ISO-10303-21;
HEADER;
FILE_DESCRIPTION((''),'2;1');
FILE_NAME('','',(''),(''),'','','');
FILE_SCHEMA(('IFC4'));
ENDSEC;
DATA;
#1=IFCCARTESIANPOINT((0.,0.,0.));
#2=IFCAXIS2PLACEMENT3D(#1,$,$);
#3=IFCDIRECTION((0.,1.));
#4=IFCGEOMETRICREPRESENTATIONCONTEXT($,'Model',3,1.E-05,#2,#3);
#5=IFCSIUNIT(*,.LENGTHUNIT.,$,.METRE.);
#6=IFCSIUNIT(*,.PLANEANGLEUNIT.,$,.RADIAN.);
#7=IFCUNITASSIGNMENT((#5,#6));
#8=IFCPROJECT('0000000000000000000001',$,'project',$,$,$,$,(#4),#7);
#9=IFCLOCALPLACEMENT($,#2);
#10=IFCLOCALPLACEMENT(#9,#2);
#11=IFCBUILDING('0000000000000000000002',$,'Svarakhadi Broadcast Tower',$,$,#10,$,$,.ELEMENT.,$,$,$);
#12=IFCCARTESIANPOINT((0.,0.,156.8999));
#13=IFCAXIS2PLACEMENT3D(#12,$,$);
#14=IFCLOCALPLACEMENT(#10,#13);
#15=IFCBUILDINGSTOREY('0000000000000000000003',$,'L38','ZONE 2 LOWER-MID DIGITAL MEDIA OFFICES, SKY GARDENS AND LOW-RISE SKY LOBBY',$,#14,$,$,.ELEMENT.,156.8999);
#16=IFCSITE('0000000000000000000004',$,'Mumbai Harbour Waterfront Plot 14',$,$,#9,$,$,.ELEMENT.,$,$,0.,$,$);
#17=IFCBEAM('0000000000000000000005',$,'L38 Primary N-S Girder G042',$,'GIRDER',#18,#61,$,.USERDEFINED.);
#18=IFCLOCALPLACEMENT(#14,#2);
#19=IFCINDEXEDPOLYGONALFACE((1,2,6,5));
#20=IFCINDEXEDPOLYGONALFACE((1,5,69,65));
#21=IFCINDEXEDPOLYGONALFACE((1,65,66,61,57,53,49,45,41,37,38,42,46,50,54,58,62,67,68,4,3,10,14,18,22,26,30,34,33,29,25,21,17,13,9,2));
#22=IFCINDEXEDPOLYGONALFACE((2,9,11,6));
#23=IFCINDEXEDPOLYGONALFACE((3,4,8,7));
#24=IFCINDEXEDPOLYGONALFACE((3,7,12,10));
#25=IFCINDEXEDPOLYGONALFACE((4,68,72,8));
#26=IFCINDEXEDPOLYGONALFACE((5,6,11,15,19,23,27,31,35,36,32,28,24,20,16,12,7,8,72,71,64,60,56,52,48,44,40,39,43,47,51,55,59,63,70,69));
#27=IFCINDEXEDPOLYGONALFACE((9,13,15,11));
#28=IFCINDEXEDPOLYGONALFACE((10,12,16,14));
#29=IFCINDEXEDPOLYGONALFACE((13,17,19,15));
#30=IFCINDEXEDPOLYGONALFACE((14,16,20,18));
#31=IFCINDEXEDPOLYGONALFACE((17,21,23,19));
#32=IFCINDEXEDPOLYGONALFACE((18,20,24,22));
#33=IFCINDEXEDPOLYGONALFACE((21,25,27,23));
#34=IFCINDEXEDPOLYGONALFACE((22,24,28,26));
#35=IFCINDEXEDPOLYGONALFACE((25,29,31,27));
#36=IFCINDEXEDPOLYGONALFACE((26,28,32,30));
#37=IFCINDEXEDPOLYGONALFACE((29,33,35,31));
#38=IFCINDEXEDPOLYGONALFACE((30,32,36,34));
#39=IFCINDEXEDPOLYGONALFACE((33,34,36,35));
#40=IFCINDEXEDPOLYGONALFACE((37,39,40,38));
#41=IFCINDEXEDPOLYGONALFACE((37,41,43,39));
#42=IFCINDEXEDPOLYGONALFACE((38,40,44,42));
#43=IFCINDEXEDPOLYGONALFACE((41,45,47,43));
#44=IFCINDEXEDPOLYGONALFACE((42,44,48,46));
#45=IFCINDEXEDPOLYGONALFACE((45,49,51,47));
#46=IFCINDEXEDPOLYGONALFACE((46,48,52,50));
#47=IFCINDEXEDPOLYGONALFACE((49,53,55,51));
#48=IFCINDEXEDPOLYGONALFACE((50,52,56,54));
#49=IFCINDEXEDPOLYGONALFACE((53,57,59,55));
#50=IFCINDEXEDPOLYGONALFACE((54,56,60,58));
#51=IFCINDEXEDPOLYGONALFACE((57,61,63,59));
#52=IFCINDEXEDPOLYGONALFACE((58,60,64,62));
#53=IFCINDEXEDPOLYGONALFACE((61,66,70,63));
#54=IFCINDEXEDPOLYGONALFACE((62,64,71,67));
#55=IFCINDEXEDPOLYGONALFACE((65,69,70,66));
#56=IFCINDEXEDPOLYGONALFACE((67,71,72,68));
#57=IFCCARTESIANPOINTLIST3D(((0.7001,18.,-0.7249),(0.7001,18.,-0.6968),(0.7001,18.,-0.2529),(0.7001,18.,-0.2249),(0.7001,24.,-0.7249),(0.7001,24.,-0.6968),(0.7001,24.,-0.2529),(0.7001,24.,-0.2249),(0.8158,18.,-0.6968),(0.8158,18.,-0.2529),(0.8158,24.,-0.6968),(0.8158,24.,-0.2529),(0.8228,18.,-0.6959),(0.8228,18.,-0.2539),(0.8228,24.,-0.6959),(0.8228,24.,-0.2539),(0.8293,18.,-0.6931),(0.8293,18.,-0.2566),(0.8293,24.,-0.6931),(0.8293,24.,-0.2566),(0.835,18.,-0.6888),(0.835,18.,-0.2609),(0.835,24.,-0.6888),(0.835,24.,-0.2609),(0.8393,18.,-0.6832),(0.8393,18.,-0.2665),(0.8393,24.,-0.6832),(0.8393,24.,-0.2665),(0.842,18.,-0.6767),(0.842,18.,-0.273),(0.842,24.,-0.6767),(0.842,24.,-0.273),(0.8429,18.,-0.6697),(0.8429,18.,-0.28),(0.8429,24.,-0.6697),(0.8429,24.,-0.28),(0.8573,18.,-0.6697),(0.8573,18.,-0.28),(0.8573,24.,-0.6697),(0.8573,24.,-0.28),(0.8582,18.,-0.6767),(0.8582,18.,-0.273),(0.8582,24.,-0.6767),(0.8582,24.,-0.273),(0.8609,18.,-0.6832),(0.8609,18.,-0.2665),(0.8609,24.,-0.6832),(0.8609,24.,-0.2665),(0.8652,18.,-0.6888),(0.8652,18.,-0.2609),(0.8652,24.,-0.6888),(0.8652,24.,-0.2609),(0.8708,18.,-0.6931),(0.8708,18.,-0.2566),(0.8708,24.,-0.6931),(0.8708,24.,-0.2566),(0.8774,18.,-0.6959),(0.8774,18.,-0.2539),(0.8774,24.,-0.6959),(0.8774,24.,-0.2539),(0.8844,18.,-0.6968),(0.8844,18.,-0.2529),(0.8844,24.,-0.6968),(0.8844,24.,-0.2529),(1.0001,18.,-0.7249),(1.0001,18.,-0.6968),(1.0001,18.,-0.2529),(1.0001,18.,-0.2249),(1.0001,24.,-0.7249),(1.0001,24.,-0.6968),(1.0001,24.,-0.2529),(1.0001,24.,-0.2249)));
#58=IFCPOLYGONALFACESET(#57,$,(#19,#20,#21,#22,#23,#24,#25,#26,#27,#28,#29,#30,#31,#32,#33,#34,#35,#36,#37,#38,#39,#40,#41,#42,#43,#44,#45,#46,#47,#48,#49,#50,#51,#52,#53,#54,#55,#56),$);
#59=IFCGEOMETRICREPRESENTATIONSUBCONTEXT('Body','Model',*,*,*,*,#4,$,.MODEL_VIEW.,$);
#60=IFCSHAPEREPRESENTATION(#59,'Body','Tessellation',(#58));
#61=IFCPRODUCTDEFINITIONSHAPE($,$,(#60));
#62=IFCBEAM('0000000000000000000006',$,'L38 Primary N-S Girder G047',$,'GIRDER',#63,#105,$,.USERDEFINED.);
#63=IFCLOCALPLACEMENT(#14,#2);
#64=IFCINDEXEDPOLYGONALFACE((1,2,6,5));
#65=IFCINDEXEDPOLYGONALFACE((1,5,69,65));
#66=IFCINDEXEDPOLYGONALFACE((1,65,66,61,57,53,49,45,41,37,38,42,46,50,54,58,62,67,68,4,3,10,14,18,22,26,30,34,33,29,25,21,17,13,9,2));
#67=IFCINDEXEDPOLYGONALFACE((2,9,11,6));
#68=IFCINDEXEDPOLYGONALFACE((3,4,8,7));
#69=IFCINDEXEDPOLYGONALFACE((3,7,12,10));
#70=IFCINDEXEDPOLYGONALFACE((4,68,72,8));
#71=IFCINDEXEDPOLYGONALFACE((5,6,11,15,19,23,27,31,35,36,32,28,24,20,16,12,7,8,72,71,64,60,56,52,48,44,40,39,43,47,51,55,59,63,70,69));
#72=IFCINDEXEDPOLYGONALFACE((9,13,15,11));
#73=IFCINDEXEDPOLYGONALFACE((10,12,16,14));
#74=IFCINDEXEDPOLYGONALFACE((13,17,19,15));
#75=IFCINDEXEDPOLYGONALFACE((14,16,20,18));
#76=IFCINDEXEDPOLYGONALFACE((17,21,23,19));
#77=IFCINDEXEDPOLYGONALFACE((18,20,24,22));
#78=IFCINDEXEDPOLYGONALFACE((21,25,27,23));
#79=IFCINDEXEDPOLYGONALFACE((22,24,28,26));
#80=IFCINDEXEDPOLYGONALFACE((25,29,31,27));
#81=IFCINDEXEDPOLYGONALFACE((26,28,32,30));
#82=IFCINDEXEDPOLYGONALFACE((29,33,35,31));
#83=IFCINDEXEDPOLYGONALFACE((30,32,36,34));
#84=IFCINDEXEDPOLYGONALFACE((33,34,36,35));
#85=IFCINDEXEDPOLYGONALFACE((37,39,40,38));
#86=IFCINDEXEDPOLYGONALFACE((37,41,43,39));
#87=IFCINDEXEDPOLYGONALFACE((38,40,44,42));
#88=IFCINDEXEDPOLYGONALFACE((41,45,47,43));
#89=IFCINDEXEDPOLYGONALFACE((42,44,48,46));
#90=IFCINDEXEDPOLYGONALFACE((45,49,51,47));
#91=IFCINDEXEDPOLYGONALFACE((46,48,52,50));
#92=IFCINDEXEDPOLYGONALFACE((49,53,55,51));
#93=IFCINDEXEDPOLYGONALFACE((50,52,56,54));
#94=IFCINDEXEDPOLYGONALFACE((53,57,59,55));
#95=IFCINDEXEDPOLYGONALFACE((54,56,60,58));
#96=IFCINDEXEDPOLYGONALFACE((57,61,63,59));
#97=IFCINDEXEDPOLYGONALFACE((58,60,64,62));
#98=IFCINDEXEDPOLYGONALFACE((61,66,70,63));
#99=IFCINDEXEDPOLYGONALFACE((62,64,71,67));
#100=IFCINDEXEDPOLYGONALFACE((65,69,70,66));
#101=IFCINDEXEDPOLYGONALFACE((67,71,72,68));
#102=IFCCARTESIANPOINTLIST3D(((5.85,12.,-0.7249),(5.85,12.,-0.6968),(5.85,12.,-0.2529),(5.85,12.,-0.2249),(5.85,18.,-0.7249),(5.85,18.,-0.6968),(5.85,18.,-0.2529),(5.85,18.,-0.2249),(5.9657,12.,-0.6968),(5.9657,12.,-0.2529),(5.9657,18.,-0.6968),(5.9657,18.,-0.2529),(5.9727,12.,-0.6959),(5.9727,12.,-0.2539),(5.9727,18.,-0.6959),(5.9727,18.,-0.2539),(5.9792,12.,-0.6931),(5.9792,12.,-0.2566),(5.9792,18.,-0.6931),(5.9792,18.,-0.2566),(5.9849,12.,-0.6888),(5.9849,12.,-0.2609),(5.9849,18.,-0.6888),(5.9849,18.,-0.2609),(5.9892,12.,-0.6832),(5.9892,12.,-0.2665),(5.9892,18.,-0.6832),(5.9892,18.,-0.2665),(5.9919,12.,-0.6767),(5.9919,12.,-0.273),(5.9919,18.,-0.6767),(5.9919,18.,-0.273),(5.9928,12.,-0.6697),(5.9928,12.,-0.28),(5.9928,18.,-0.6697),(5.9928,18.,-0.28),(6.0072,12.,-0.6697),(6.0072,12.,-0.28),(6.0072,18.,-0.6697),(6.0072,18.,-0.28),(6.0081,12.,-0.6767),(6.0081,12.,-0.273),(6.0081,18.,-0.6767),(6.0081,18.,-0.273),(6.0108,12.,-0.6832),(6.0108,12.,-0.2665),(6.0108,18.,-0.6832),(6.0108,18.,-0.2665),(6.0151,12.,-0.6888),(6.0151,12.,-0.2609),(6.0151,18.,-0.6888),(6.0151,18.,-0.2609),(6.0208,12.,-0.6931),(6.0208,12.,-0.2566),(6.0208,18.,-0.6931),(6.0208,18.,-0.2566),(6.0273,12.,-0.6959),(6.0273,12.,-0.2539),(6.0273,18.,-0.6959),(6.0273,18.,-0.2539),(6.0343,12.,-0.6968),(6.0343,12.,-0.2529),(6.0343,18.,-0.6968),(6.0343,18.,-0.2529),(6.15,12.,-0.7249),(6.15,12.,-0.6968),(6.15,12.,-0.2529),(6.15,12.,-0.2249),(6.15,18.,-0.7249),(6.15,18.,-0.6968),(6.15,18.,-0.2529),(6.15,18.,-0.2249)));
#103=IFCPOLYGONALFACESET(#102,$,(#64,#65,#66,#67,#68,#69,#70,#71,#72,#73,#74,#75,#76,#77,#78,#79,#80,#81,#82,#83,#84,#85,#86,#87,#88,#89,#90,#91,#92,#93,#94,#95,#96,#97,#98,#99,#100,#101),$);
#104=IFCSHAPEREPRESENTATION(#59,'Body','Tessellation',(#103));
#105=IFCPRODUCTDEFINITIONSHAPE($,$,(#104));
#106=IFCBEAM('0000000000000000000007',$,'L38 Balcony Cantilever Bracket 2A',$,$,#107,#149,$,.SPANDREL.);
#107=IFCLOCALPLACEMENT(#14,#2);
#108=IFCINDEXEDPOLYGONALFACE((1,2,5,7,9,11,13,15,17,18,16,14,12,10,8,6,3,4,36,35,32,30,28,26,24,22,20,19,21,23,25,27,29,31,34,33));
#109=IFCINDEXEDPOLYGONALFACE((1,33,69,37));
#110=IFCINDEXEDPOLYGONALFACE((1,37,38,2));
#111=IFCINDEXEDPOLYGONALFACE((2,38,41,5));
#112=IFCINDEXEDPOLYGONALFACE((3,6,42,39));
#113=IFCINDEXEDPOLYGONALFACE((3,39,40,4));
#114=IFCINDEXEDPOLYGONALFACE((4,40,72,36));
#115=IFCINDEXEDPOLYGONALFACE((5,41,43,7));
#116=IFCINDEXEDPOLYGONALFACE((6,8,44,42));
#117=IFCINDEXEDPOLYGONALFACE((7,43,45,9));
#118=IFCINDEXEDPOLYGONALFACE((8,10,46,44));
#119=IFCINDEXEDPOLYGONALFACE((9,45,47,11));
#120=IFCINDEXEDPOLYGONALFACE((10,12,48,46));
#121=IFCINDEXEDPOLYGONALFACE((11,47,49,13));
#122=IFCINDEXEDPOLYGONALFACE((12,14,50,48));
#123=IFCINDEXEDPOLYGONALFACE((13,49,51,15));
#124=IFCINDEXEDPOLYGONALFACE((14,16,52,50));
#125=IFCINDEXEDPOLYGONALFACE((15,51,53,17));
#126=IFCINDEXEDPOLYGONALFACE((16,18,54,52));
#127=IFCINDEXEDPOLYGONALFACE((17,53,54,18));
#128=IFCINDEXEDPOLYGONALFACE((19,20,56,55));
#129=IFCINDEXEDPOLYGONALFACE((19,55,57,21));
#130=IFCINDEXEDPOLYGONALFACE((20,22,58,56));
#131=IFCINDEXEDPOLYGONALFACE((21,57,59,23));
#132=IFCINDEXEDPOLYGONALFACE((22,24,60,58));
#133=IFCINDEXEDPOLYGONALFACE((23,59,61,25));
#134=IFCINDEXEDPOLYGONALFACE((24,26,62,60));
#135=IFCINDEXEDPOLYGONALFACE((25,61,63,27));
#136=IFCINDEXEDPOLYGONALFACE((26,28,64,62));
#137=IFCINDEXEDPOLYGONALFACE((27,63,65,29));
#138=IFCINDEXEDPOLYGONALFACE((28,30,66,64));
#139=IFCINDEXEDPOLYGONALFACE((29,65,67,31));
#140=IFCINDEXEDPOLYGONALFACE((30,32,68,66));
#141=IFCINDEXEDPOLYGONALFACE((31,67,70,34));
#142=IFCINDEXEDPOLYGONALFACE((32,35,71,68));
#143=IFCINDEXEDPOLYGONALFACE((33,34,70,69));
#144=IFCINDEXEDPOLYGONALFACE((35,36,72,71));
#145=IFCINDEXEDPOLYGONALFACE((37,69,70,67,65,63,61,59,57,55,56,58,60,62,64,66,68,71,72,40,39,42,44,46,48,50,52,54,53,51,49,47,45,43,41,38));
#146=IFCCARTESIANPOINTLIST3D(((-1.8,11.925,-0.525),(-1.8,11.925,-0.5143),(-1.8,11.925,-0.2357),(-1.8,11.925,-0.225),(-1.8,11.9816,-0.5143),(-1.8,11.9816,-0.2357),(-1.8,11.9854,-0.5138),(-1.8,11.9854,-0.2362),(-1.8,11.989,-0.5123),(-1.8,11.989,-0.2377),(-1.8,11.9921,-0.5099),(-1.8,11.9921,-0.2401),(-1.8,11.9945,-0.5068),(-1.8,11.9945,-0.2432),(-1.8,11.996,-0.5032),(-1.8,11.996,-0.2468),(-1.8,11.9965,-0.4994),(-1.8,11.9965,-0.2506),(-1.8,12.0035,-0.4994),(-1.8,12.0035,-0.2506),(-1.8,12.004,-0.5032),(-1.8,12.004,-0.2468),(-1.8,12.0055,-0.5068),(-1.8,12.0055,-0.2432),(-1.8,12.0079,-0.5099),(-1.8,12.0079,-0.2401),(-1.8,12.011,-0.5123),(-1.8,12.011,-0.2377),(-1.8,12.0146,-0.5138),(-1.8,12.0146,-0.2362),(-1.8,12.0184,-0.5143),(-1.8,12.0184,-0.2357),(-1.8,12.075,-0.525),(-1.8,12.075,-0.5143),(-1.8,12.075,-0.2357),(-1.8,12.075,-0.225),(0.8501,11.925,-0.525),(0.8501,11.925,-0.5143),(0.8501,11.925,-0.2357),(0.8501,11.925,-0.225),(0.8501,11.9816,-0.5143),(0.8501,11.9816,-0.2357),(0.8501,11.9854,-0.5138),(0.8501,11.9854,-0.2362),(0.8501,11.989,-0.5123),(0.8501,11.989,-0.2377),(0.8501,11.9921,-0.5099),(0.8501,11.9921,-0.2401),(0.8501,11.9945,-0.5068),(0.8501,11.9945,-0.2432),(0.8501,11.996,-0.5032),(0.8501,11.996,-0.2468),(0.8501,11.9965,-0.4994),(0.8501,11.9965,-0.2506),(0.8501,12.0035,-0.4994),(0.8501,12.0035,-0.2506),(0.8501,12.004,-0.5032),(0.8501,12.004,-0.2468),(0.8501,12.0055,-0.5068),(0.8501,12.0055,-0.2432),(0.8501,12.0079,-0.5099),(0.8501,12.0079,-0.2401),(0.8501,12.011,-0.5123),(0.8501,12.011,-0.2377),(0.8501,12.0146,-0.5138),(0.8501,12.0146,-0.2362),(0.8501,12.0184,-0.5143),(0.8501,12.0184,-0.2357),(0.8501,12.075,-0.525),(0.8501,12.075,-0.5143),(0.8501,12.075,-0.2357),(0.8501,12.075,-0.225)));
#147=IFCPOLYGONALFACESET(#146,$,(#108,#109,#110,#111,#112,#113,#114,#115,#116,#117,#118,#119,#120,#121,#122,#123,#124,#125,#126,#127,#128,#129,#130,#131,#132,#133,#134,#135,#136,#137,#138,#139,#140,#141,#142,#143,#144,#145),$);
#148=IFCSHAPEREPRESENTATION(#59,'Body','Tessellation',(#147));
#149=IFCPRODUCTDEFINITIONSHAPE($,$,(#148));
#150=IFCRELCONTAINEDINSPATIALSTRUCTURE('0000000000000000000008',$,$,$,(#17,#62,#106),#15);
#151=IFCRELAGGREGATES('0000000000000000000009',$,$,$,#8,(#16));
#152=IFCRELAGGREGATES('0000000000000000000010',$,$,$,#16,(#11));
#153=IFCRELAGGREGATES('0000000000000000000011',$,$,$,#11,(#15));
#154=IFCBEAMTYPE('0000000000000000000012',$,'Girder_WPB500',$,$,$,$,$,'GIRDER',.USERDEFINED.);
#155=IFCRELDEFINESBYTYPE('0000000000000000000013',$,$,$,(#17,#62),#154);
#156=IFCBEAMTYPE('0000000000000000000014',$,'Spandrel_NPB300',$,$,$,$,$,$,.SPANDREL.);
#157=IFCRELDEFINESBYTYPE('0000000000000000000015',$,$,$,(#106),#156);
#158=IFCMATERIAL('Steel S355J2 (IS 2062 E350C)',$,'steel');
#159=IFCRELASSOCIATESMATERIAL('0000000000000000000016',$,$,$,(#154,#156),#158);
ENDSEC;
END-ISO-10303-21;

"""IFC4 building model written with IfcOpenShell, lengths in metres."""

from ifc_helpers import new_model, si_unit, direction, frame, origin, origin_2d, place, context, subcontext, project, spatial, i_section, extrude, material, material_profile, profile_set, type_object, element, save


model = new_model("IFC4")

# Units and contexts
model_context = context("Model", 3, precision=1e-05, world=origin(), true_north=direction((0.0, 1.0)))
body_context = subcontext(model_context, "Body", "Model", "MODEL_VIEW")
ifc_project = project(units=[si_unit("LENGTHUNIT", "METRE"), si_unit("PLANEANGLEUNIT", "RADIAN")], contexts=[model_context])

# Site, building, storey
site_placement = place(None, origin())
site = spatial("IfcSite", under=ifc_project, at=site_placement, Name="Mumbai Harbour Waterfront Plot 14", CompositionType="ELEMENT", RefElevation=0.0)
building_placement = place(site_placement, origin())
building = spatial("IfcBuilding", under=site, at=building_placement, Name="Svarakhadi Broadcast Tower", CompositionType="ELEMENT")
storey_placement = place(building_placement, frame((0.0, 0.0, 156.8999)))
storey = spatial("IfcBuildingStorey", under=building, at=storey_placement, Name="L38", Description="ZONE 2 LOWER-MID DIGITAL MEDIA OFFICES, SKY GARDENS AND LOW-RISE SKY LOBBY", CompositionType="ELEMENT", Elevation=156.8999)

# Shared definitions
ifc_material_1 = material(Name="Steel S355J2 (IS 2062 E350C)", Category="steel")

# Beams
ifc_material_profile_1 = material_profile(ifc_material_1, i_section(OverallWidth=0.3, OverallDepth=0.5, WebThickness=0.0144, FlangeThickness=0.0281, FilletRadius=0.0271, at=origin_2d()), Name="WPB 500x300x187")
ifc_profile_set_1 = profile_set([ifc_material_profile_1], Name="Steel S355J2 (IS 2062 E350C)")
beam_type_1 = type_object("IfcBeamType", Name="Girder_WPB500", ElementType="GIRDER", PredefinedType="USERDEFINED", material=ifc_profile_set_1)
for number, where, z_axis, x_axis, name in (
    (1, (0.8501, 18.0, -0.4749), (0.0, 1.0, 0.0), (-1.0, 0.0, 0.0), "L38 Primary N-S Girder G042"),
    (2, (6.0, 12.0, -0.4749), (0.0, 1.0, 0.0), (-1.0, 0.0, 0.0), "L38 Primary N-S Girder G047"),
):
    element("IfcBeam", number, at=place(storey_placement, frame(where, z_axis=z_axis, x_axis=x_axis)), inside=storey, type_object=beam_type_1, Name=name, ObjectType="GIRDER", PredefinedType="USERDEFINED", context=body_context, shape_type="SweptSolid", body=[
        extrude(i_section(OverallWidth=0.3, OverallDepth=0.5, WebThickness=0.0144, FlangeThickness=0.0281, FilletRadius=0.0271, at=origin_2d()), origin(), (0.0, 0.0, 1.0), 6.0),
    ])
ifc_material_profile_2 = material_profile(ifc_material_1, i_section(OverallWidth=0.1499, OverallDepth=0.3, WebThickness=0.0071, FlangeThickness=0.0107, FilletRadius=0.0149, at=origin_2d()), Name="NPB 300x150x37")
ifc_profile_set_2 = profile_set([ifc_material_profile_2], Name="Steel S355J2 (IS 2062 E350C)")
beam_type_2 = type_object("IfcBeamType", Name="Spandrel_NPB300", PredefinedType="SPANDREL", material=ifc_profile_set_2)
beam_1_placement = place(storey_placement, frame((0.8501, 12.0, -0.375), z_axis=(-1.0, 0.0, 0.0), x_axis=(0.0, -1.0, 0.0)))
element("IfcBeam", 3, at=beam_1_placement, inside=storey, type_object=beam_type_2, Name="L38 Balcony Cantilever Bracket 2A", PredefinedType="SPANDREL", context=body_context, shape_type="SweptSolid", body=[
    extrude(i_section(OverallWidth=0.1499, OverallDepth=0.3, WebThickness=0.0071, FlangeThickness=0.0107, FilletRadius=0.0149, at=origin_2d()), origin(), (0.0, 0.0, 1.0), 2.6501),
])

save(model, "model.ifc")
